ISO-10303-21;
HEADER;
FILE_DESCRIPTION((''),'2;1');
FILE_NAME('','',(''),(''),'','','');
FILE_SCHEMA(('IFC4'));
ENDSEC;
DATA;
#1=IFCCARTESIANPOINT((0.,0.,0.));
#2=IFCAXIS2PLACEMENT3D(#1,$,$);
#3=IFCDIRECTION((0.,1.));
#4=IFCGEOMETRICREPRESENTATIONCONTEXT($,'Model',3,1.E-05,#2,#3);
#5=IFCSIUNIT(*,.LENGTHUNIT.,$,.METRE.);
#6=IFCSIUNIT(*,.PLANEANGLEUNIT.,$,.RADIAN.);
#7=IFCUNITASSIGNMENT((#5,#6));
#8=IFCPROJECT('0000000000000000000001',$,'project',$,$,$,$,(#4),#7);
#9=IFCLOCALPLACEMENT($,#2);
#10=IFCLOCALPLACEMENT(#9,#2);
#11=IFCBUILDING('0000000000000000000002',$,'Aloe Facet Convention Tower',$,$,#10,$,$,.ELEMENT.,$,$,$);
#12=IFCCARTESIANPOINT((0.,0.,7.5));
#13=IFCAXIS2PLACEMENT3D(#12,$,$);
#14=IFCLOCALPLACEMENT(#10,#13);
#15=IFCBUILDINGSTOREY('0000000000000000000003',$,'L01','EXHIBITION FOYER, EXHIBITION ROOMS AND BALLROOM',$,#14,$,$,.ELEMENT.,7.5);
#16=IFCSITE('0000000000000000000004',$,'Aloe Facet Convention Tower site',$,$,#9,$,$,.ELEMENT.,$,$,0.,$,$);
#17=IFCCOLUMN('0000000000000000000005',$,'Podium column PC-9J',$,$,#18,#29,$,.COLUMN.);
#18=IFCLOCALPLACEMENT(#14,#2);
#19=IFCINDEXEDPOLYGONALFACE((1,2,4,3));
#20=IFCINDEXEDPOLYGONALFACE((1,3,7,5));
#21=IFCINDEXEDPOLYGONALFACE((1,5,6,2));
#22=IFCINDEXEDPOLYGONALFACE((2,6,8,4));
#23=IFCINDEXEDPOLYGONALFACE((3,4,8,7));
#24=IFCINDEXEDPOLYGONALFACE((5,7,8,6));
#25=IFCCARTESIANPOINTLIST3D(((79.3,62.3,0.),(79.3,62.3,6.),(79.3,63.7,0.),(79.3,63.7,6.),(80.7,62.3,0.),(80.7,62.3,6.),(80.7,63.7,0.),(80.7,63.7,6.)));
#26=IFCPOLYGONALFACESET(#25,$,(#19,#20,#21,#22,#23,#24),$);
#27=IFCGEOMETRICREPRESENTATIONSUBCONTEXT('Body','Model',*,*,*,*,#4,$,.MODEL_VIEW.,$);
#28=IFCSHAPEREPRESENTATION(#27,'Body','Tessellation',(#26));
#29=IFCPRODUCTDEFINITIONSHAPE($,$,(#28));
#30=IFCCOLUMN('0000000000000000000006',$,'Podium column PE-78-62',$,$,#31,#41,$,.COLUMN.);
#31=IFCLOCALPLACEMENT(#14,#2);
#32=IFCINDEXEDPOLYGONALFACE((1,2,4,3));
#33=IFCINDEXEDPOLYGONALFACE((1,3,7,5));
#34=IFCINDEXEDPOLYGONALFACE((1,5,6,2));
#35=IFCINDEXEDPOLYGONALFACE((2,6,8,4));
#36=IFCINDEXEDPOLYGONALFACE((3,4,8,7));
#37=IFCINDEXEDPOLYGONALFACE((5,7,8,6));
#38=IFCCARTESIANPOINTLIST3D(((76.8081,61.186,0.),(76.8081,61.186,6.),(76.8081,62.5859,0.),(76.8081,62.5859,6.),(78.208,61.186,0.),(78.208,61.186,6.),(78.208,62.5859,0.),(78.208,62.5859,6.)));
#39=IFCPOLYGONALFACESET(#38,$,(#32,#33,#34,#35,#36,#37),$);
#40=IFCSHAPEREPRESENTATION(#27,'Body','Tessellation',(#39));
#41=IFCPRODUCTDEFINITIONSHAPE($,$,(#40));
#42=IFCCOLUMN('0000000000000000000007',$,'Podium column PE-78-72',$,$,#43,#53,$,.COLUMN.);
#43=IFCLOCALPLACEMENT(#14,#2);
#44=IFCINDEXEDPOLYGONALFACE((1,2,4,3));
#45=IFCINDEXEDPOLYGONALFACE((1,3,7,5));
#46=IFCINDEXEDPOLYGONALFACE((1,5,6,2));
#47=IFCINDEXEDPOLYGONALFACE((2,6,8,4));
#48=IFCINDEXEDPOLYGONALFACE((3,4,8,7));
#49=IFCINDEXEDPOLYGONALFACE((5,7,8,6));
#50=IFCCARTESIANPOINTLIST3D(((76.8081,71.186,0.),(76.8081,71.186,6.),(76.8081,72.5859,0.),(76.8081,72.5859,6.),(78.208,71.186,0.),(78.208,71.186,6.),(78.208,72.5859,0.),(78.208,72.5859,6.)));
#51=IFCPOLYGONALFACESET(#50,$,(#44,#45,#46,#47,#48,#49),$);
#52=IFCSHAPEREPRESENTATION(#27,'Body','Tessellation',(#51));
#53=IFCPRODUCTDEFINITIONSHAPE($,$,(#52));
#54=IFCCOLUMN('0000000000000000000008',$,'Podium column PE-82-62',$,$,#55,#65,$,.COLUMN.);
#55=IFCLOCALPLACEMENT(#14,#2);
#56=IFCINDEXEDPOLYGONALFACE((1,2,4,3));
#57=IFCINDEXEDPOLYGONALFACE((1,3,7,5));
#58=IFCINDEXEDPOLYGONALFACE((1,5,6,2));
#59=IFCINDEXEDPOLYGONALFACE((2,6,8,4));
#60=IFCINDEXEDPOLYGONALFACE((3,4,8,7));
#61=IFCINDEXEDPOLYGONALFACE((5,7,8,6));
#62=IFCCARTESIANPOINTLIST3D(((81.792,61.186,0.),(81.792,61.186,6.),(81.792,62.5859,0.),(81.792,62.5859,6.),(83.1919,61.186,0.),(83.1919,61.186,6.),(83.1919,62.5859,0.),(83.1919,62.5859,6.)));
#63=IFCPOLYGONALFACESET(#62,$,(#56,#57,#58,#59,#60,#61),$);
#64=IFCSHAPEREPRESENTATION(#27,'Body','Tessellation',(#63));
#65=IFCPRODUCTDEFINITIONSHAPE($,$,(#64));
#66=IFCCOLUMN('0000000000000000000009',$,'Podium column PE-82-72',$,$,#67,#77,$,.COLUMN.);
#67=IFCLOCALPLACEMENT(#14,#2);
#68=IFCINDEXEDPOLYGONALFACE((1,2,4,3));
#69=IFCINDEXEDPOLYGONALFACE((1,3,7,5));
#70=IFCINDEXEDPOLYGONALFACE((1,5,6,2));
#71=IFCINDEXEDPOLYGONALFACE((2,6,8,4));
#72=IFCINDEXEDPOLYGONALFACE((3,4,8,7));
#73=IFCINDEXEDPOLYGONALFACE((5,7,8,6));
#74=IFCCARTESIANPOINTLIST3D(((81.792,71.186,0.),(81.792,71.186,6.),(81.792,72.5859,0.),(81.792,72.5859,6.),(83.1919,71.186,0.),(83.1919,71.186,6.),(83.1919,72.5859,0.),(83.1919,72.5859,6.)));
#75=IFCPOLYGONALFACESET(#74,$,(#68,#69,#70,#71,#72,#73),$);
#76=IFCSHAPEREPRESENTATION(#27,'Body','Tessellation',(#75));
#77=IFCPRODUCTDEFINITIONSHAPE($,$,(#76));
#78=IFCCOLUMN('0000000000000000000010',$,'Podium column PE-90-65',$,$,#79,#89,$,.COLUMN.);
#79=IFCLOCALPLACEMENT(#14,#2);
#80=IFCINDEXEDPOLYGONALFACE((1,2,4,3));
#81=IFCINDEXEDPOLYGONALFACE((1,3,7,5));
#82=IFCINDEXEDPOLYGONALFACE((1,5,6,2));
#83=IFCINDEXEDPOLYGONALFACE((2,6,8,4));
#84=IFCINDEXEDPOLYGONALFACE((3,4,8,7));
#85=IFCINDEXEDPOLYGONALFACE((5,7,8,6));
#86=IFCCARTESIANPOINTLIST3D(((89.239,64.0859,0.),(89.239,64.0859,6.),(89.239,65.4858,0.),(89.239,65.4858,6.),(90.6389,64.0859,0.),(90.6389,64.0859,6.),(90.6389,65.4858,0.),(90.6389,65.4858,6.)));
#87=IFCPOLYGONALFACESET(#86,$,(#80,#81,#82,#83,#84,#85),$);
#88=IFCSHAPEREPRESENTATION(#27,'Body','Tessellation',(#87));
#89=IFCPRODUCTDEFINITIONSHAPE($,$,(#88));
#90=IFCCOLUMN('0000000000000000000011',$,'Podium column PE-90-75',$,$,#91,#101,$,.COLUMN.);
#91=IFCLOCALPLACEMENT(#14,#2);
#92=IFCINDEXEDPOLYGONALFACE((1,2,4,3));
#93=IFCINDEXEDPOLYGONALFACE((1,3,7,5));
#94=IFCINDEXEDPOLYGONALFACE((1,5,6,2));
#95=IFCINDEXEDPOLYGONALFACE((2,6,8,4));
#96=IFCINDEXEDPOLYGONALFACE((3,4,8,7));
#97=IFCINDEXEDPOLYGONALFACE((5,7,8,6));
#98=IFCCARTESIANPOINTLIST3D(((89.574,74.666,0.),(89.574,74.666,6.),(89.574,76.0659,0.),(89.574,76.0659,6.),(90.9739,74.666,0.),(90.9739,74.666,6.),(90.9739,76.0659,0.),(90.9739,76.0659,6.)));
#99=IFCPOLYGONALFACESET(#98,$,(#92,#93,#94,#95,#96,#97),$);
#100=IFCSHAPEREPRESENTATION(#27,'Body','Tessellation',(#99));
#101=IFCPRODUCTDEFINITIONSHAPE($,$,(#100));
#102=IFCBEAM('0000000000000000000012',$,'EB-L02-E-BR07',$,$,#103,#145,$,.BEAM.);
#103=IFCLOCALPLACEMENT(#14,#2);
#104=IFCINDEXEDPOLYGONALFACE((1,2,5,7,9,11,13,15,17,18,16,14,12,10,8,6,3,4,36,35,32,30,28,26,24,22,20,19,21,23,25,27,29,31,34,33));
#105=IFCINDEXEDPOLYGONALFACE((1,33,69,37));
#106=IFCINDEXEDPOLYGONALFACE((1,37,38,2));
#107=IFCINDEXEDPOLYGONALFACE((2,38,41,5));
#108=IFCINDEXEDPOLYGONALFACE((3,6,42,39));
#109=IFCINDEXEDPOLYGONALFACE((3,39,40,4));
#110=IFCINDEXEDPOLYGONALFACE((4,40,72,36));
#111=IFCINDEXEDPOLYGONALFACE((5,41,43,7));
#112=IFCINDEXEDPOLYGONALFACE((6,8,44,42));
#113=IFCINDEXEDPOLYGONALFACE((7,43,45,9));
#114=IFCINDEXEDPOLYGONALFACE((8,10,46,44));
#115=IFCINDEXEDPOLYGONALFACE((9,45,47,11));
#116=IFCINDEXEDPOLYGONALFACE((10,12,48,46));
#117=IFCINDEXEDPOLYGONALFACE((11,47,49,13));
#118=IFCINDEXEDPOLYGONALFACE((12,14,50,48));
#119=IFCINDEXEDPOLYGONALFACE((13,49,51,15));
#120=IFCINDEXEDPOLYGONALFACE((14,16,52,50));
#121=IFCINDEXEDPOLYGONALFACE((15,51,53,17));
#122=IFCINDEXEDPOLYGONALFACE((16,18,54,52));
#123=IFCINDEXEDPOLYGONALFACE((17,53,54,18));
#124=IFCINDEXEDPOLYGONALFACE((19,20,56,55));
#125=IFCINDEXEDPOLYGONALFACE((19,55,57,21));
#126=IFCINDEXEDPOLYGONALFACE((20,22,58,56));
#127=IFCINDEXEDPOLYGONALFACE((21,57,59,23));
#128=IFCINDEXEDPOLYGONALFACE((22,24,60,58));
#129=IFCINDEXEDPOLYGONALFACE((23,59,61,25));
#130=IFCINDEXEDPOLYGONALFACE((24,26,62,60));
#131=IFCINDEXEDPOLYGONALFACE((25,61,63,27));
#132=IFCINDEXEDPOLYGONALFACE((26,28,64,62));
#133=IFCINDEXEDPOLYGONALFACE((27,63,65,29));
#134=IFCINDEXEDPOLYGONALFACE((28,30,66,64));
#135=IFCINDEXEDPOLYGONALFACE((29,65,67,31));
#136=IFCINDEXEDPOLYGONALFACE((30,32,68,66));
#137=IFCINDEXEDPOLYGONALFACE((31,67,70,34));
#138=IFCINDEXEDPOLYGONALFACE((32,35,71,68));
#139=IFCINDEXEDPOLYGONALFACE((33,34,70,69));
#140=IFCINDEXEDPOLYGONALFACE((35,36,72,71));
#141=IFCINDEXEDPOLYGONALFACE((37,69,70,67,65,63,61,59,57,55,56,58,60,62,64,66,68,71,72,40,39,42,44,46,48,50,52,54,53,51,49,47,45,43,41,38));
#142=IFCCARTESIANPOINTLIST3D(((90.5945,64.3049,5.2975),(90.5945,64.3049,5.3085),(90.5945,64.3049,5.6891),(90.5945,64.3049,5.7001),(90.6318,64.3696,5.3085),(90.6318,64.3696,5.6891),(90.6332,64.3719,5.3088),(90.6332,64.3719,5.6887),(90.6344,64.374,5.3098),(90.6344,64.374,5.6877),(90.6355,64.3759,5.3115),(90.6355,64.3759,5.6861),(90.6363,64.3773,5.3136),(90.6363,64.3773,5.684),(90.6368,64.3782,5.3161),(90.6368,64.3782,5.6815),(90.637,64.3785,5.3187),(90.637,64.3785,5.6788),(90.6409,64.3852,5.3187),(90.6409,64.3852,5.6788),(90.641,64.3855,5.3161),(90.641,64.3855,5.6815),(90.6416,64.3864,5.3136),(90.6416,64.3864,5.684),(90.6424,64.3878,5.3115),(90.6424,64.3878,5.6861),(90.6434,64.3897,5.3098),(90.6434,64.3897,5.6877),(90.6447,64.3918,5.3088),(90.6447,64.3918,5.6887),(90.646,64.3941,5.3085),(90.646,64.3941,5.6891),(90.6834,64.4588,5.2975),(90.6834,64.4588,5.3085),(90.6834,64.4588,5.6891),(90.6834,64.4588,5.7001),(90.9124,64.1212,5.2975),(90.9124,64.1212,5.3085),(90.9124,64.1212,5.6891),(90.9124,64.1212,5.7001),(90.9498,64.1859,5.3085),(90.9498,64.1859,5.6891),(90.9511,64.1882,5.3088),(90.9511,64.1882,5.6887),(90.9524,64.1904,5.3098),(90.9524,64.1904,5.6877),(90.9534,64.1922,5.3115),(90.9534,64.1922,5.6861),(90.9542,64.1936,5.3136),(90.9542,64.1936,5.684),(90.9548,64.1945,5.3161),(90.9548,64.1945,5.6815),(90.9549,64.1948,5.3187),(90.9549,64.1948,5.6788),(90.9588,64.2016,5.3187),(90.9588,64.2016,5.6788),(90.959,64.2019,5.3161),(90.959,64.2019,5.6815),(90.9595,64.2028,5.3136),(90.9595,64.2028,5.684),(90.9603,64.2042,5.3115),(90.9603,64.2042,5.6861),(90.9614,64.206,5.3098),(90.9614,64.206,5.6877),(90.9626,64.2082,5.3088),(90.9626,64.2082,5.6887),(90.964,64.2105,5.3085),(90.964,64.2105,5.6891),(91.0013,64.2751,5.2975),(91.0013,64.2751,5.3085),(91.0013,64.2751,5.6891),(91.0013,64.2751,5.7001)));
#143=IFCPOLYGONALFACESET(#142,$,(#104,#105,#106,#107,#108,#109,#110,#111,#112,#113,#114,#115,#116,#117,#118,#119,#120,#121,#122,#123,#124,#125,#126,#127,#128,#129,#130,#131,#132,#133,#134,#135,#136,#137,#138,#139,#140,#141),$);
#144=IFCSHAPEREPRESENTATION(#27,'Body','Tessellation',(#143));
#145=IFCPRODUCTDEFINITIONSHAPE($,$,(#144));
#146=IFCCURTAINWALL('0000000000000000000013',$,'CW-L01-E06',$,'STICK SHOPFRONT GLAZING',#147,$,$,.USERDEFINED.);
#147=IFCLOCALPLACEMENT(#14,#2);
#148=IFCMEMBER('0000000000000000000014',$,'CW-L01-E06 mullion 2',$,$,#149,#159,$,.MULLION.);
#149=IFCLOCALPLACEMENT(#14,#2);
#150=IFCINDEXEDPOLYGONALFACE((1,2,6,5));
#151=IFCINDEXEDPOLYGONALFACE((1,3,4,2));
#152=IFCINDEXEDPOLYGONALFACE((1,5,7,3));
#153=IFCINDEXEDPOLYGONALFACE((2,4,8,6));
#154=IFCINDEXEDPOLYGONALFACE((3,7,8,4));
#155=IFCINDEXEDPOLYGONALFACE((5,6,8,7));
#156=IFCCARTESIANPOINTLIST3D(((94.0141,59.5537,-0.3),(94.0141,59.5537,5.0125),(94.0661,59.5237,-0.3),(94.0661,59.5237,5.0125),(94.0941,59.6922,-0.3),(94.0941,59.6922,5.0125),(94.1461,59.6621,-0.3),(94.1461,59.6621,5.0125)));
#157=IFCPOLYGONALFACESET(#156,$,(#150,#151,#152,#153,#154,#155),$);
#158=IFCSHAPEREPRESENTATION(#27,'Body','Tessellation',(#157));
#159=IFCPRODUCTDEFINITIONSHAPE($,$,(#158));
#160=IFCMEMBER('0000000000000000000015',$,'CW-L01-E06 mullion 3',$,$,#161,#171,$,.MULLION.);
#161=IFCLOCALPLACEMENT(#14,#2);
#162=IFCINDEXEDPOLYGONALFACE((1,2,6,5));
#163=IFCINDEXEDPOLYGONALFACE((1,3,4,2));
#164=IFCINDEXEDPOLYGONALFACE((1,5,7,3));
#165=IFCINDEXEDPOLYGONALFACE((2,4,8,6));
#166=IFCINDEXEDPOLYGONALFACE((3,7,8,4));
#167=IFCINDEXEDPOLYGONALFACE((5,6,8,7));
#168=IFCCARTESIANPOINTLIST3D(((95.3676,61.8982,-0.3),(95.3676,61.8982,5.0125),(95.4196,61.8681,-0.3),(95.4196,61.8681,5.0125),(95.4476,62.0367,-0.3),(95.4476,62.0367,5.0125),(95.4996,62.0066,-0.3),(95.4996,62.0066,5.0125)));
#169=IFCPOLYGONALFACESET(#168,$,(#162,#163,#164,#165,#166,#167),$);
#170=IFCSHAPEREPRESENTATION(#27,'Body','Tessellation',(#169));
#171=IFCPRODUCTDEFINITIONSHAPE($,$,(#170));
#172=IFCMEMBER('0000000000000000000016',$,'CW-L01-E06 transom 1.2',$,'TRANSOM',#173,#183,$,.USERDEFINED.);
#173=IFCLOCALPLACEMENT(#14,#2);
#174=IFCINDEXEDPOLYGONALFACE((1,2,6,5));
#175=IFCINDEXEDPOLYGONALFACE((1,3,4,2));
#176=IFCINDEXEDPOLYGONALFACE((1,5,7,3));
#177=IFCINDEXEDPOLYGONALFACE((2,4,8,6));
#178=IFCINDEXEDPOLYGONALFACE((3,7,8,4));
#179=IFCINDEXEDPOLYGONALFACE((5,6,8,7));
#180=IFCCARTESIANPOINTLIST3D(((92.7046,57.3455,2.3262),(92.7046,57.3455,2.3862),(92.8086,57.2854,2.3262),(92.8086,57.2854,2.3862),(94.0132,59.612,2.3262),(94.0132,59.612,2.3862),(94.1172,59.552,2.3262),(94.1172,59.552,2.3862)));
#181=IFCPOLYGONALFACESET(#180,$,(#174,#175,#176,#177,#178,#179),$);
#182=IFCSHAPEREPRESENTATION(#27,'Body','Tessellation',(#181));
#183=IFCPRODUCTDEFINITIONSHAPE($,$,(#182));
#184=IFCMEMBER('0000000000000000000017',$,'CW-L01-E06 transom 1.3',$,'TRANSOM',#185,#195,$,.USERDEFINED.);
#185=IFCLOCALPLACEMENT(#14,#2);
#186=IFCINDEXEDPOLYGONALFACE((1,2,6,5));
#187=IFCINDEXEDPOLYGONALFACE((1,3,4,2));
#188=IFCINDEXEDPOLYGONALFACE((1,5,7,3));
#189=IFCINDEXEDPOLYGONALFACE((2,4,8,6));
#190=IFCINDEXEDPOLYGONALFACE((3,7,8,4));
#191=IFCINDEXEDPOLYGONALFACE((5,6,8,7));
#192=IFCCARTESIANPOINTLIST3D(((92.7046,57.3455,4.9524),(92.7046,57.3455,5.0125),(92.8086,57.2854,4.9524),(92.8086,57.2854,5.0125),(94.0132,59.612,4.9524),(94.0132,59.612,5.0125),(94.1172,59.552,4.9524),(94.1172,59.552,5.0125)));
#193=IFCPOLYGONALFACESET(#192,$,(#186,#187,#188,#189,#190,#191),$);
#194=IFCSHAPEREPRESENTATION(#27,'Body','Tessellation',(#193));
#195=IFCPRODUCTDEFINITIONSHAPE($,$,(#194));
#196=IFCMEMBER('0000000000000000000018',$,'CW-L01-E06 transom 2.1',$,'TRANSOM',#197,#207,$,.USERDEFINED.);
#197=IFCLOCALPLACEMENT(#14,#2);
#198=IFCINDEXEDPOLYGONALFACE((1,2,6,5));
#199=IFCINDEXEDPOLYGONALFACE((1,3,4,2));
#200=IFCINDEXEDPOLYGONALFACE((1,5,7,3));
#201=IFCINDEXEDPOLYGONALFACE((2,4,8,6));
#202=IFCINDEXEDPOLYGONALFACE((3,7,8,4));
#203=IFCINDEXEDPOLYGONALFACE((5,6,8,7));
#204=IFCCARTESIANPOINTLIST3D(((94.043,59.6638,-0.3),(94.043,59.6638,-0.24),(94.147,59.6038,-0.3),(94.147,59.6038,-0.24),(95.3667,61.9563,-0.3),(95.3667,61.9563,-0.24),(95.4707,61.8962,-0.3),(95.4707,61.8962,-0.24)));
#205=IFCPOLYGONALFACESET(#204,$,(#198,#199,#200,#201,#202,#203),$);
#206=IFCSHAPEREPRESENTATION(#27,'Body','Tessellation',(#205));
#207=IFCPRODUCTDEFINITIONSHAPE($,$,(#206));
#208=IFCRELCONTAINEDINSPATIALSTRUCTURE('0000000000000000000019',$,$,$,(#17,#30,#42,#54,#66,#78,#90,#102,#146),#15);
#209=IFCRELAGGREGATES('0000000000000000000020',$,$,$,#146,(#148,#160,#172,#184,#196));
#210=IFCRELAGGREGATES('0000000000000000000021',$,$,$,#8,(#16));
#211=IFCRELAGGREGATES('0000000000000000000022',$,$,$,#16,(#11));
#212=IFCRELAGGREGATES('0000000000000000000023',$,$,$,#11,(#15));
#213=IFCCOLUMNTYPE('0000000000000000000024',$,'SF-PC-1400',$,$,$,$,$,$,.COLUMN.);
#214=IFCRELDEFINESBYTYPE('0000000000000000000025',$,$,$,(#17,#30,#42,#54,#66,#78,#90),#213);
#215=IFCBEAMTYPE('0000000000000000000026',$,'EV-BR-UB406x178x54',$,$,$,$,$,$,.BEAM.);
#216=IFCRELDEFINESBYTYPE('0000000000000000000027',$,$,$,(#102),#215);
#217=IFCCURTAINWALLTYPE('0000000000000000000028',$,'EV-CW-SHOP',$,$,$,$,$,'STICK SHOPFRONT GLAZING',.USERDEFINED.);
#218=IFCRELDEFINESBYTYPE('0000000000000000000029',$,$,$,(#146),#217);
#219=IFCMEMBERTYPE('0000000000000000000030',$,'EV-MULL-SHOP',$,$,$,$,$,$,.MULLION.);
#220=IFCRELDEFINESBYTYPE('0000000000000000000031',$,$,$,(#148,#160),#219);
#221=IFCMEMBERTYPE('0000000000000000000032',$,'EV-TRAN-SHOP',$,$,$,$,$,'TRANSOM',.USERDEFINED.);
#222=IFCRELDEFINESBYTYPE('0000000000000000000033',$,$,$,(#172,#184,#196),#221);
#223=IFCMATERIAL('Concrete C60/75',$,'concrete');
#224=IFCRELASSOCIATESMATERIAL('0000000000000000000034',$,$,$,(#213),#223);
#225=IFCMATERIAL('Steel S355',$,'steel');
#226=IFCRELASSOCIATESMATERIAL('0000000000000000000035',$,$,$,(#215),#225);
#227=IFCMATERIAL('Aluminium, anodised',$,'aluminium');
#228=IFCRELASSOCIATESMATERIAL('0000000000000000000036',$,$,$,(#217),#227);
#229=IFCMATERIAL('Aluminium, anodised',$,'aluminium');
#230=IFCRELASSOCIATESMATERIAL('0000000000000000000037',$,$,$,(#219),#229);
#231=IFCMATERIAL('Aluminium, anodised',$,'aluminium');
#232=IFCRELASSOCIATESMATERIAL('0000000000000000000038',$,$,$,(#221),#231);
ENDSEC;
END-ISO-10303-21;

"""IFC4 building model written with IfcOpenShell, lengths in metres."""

from ifc_helpers import new_model, si_unit, direction, frame, origin, origin_2d, place, context, subcontext, project, spatial, rectangle, i_section, extrude, material, material_profile, profile_set, type_object, element, aggregate, save


model = new_model("IFC4")

# Units and contexts
model_context = context("Model", 3, precision=1e-05, world=origin(), true_north=direction((0.0, 1.0)))
body_context = subcontext(model_context, "Body", "Model", "MODEL_VIEW")
ifc_project = project(units=[si_unit("LENGTHUNIT", "METRE"), si_unit("PLANEANGLEUNIT", "RADIAN")], contexts=[model_context])

# Site, building, storey
site_placement = place(None, origin())
site = spatial("IfcSite", under=ifc_project, at=site_placement, Name="Aloe Facet Convention Tower site", CompositionType="ELEMENT", RefElevation=0.0)
building_placement = place(site_placement, origin())
building = spatial("IfcBuilding", under=site, at=building_placement, Name="Aloe Facet Convention Tower", CompositionType="ELEMENT")
storey_placement = place(building_placement, frame((0.0, 0.0, 7.5)))
storey = spatial("IfcBuildingStorey", under=building, at=storey_placement, Name="L01", Description="EXHIBITION FOYER, EXHIBITION ROOMS AND BALLROOM", CompositionType="ELEMENT", Elevation=7.5)

# Columns
ifc_material_1 = material(Name="Concrete C60/75", Category="concrete")
ifc_material_profile_1 = material_profile(ifc_material_1, rectangle(XDim=1.3999, YDim=1.3999, at=origin_2d()), Name="SF-PC-1400")
ifc_profile_set_1 = profile_set([ifc_material_profile_1], Name="Concrete C60/75")
column_type = type_object("IfcColumnType", Name="SF-PC-1400", PredefinedType="COLUMN", material=ifc_profile_set_1)
for number, where, z_axis, x_axis, name in (
    (1, (80.0, 63.0, 0.0), (0.0, 0.0, 1.0), (1.0, 0.0, 0.0), "Podium column PC-9J"),
    (2, (77.5081, 61.886, 0.0), (0.0, 0.0, 1.0), (1.0, 0.0, 0.0), "Podium column PE-78-62"),
    (3, (77.5081, 71.886, 0.0), (0.0, 0.0, 1.0), (1.0, 0.0, 0.0), "Podium column PE-78-72"),
    (4, (82.4919, 61.886, 0.0), (0.0, 0.0, 1.0), (1.0, 0.0, 0.0), "Podium column PE-82-62"),
    (5, (82.4919, 71.886, 0.0), (0.0, 0.0, 1.0), (1.0, 0.0, 0.0), "Podium column PE-82-72"),
    (6, (89.939, 64.7859, 0.0), (0.0, 0.0, 1.0), (1.0, 0.0, 0.0), "Podium column PE-90-65"),
    (7, (90.2739, 75.366, 0.0), (0.0, 0.0, 1.0), (1.0, 0.0, 0.0), "Podium column PE-90-75"),
):
    element("IfcColumn", number, at=place(storey_placement, frame(where, z_axis=z_axis, x_axis=x_axis)), inside=storey, type_object=column_type, Name=name, PredefinedType="COLUMN", context=body_context, shape_type="SweptSolid", body=[
        extrude(rectangle(XDim=1.3999, YDim=1.3999, at=origin_2d()), origin(), (0.0, 0.0, 1.0), 6.0),
    ])

# Beam
ifc_material_2 = material(Name="Steel S355", Category="steel")
ifc_material_profile_2 = material_profile(ifc_material_2, i_section(OverallWidth=0.1777, OverallDepth=0.4026, WebThickness=0.0078, FlangeThickness=0.011, FilletRadius=0.0103, at=origin_2d()), Name="UB 406x178x54")
ifc_profile_set_2 = profile_set([ifc_material_profile_2], Name="Steel S355")
beam_type_1 = type_object("IfcBeamType", Name="EV-BR-UB406x178x54", PredefinedType="BEAM", material=ifc_profile_set_2)
beam_1_placement = place(storey_placement, frame((90.6389, 64.3818, 5.4988), z_axis=(0.865942, -0.500145, 0.0), x_axis=(0.500145, 0.865942, 0.0)))
element("IfcBeam", 8, at=beam_1_placement, inside=storey, type_object=beam_type_1, Name="EB-L02-E-BR07", PredefinedType="BEAM", context=body_context, shape_type="SweptSolid", body=[
    extrude(i_section(OverallWidth=0.1777, OverallDepth=0.4026, WebThickness=0.0078, FlangeThickness=0.011, FilletRadius=0.0103, at=origin_2d()), origin(), (0.0, 0.0, 1.0), 0.3672),
])

# Curtain wall, members
ifc_material_3 = material(Name="Aluminium, anodised", Category="aluminium")
curtain_wall_type = type_object("IfcCurtainWallType", Name="EV-CW-SHOP", ElementType="STICK SHOPFRONT GLAZING", PredefinedType="USERDEFINED", material=ifc_material_3)
curtain_wall_placement = place(storey_placement, origin())
curtain_wall = element("IfcCurtainWall", 9, at=curtain_wall_placement, inside=storey, type_object=curtain_wall_type, Name="CW-L01-E06", ObjectType="STICK SHOPFRONT GLAZING", PredefinedType="USERDEFINED")
ifc_material_4 = material(Name="Aluminium, anodised", Category="aluminium")
ifc_material_profile_3 = material_profile(ifc_material_4, rectangle(XDim=0.0601, YDim=0.1599, at=origin_2d()), Name="AL 60x160")
ifc_profile_set_3 = profile_set([ifc_material_profile_3], Name="Aluminium, anodised")
member_type_1 = type_object("IfcMemberType", Name="EV-MULL-SHOP", PredefinedType="MULLION", material=ifc_profile_set_3)
member_1_placement = place(storey_placement, frame((94.0801, 59.6079, -0.3), z_axis=(0.0, 0.0, 1.0), x_axis=(-0.866025, 0.5, 0.0)))
member_1 = element("IfcMember", 10, at=member_1_placement, type_object=member_type_1, Name="CW-L01-E06 mullion 2", PredefinedType="MULLION", context=body_context, shape_type="SweptSolid", body=[
    extrude(rectangle(XDim=0.0601, YDim=0.1599, at=origin_2d()), origin(), (0.0, 0.0, 1.0), 5.3125),
])
member_2_placement = place(storey_placement, frame((95.4336, 61.9524, -0.3), z_axis=(0.0, 0.0, 1.0), x_axis=(-0.866025, 0.5, 0.0)))
member_2 = element("IfcMember", 11, at=member_2_placement, type_object=member_type_1, Name="CW-L01-E06 mullion 3", PredefinedType="MULLION", context=body_context, shape_type="SweptSolid", body=[
    extrude(rectangle(XDim=0.0601, YDim=0.1599, at=origin_2d()), origin(), (0.0, 0.0, 1.0), 5.3125),
])
ifc_material_5 = material(Name="Aluminium, anodised", Category="aluminium")
ifc_material_profile_4 = material_profile(ifc_material_5, rectangle(XDim=0.1201, YDim=0.0601, at=origin_2d()), Name="AL 120x60")
ifc_profile_set_4 = profile_set([ifc_material_profile_4], Name="Aluminium, anodised")
member_type_2 = type_object("IfcMemberType", Name="EV-TRAN-SHOP", ElementType="TRANSOM", PredefinedType="USERDEFINED", material=ifc_profile_set_4)
member_3_placement = place(storey_placement, frame((92.7566, 57.3154, 2.3562), z_axis=(0.499992, 0.86603, 0.0), x_axis=(-0.86603, 0.499992, 0.0)))
member_3 = element("IfcMember", 12, at=member_3_placement, type_object=member_type_2, Name="CW-L01-E06 transom 1.2", ObjectType="TRANSOM", PredefinedType="USERDEFINED", context=body_context, shape_type="SweptSolid", body=[
    extrude(rectangle(XDim=0.1201, YDim=0.0601, at=origin_2d()), origin(), (0.0, 0.0, 1.0), 2.6172),
])
member_4_placement = place(storey_placement, frame((92.7566, 57.3154, 4.9824), z_axis=(0.499992, 0.86603, 0.0), x_axis=(-0.86603, 0.499992, 0.0)))
member_4 = element("IfcMember", 13, at=member_4_placement, type_object=member_type_2, Name="CW-L01-E06 transom 1.3", ObjectType="TRANSOM", PredefinedType="USERDEFINED", context=body_context, shape_type="SweptSolid", body=[
    extrude(rectangle(XDim=0.1201, YDim=0.0601, at=origin_2d()), origin(), (0.0, 0.0, 1.0), 2.6172),
])
member_5_placement = place(storey_placement, frame((94.095, 59.6338, -0.27), z_axis=(0.500047, 0.865998, 0.0), x_axis=(-0.865998, 0.500047, 0.0)))
member_5 = element("IfcMember", 14, at=member_5_placement, type_object=member_type_2, Name="CW-L01-E06 transom 2.1", ObjectType="TRANSOM", PredefinedType="USERDEFINED", context=body_context, shape_type="SweptSolid", body=[
    extrude(rectangle(XDim=0.1201, YDim=0.0601, at=origin_2d()), origin(), (0.0, 0.0, 1.0), 2.6472),
])

aggregate(curtain_wall, [member_1, member_2, member_3, member_4, member_5])

save(model, "model.ifc")
